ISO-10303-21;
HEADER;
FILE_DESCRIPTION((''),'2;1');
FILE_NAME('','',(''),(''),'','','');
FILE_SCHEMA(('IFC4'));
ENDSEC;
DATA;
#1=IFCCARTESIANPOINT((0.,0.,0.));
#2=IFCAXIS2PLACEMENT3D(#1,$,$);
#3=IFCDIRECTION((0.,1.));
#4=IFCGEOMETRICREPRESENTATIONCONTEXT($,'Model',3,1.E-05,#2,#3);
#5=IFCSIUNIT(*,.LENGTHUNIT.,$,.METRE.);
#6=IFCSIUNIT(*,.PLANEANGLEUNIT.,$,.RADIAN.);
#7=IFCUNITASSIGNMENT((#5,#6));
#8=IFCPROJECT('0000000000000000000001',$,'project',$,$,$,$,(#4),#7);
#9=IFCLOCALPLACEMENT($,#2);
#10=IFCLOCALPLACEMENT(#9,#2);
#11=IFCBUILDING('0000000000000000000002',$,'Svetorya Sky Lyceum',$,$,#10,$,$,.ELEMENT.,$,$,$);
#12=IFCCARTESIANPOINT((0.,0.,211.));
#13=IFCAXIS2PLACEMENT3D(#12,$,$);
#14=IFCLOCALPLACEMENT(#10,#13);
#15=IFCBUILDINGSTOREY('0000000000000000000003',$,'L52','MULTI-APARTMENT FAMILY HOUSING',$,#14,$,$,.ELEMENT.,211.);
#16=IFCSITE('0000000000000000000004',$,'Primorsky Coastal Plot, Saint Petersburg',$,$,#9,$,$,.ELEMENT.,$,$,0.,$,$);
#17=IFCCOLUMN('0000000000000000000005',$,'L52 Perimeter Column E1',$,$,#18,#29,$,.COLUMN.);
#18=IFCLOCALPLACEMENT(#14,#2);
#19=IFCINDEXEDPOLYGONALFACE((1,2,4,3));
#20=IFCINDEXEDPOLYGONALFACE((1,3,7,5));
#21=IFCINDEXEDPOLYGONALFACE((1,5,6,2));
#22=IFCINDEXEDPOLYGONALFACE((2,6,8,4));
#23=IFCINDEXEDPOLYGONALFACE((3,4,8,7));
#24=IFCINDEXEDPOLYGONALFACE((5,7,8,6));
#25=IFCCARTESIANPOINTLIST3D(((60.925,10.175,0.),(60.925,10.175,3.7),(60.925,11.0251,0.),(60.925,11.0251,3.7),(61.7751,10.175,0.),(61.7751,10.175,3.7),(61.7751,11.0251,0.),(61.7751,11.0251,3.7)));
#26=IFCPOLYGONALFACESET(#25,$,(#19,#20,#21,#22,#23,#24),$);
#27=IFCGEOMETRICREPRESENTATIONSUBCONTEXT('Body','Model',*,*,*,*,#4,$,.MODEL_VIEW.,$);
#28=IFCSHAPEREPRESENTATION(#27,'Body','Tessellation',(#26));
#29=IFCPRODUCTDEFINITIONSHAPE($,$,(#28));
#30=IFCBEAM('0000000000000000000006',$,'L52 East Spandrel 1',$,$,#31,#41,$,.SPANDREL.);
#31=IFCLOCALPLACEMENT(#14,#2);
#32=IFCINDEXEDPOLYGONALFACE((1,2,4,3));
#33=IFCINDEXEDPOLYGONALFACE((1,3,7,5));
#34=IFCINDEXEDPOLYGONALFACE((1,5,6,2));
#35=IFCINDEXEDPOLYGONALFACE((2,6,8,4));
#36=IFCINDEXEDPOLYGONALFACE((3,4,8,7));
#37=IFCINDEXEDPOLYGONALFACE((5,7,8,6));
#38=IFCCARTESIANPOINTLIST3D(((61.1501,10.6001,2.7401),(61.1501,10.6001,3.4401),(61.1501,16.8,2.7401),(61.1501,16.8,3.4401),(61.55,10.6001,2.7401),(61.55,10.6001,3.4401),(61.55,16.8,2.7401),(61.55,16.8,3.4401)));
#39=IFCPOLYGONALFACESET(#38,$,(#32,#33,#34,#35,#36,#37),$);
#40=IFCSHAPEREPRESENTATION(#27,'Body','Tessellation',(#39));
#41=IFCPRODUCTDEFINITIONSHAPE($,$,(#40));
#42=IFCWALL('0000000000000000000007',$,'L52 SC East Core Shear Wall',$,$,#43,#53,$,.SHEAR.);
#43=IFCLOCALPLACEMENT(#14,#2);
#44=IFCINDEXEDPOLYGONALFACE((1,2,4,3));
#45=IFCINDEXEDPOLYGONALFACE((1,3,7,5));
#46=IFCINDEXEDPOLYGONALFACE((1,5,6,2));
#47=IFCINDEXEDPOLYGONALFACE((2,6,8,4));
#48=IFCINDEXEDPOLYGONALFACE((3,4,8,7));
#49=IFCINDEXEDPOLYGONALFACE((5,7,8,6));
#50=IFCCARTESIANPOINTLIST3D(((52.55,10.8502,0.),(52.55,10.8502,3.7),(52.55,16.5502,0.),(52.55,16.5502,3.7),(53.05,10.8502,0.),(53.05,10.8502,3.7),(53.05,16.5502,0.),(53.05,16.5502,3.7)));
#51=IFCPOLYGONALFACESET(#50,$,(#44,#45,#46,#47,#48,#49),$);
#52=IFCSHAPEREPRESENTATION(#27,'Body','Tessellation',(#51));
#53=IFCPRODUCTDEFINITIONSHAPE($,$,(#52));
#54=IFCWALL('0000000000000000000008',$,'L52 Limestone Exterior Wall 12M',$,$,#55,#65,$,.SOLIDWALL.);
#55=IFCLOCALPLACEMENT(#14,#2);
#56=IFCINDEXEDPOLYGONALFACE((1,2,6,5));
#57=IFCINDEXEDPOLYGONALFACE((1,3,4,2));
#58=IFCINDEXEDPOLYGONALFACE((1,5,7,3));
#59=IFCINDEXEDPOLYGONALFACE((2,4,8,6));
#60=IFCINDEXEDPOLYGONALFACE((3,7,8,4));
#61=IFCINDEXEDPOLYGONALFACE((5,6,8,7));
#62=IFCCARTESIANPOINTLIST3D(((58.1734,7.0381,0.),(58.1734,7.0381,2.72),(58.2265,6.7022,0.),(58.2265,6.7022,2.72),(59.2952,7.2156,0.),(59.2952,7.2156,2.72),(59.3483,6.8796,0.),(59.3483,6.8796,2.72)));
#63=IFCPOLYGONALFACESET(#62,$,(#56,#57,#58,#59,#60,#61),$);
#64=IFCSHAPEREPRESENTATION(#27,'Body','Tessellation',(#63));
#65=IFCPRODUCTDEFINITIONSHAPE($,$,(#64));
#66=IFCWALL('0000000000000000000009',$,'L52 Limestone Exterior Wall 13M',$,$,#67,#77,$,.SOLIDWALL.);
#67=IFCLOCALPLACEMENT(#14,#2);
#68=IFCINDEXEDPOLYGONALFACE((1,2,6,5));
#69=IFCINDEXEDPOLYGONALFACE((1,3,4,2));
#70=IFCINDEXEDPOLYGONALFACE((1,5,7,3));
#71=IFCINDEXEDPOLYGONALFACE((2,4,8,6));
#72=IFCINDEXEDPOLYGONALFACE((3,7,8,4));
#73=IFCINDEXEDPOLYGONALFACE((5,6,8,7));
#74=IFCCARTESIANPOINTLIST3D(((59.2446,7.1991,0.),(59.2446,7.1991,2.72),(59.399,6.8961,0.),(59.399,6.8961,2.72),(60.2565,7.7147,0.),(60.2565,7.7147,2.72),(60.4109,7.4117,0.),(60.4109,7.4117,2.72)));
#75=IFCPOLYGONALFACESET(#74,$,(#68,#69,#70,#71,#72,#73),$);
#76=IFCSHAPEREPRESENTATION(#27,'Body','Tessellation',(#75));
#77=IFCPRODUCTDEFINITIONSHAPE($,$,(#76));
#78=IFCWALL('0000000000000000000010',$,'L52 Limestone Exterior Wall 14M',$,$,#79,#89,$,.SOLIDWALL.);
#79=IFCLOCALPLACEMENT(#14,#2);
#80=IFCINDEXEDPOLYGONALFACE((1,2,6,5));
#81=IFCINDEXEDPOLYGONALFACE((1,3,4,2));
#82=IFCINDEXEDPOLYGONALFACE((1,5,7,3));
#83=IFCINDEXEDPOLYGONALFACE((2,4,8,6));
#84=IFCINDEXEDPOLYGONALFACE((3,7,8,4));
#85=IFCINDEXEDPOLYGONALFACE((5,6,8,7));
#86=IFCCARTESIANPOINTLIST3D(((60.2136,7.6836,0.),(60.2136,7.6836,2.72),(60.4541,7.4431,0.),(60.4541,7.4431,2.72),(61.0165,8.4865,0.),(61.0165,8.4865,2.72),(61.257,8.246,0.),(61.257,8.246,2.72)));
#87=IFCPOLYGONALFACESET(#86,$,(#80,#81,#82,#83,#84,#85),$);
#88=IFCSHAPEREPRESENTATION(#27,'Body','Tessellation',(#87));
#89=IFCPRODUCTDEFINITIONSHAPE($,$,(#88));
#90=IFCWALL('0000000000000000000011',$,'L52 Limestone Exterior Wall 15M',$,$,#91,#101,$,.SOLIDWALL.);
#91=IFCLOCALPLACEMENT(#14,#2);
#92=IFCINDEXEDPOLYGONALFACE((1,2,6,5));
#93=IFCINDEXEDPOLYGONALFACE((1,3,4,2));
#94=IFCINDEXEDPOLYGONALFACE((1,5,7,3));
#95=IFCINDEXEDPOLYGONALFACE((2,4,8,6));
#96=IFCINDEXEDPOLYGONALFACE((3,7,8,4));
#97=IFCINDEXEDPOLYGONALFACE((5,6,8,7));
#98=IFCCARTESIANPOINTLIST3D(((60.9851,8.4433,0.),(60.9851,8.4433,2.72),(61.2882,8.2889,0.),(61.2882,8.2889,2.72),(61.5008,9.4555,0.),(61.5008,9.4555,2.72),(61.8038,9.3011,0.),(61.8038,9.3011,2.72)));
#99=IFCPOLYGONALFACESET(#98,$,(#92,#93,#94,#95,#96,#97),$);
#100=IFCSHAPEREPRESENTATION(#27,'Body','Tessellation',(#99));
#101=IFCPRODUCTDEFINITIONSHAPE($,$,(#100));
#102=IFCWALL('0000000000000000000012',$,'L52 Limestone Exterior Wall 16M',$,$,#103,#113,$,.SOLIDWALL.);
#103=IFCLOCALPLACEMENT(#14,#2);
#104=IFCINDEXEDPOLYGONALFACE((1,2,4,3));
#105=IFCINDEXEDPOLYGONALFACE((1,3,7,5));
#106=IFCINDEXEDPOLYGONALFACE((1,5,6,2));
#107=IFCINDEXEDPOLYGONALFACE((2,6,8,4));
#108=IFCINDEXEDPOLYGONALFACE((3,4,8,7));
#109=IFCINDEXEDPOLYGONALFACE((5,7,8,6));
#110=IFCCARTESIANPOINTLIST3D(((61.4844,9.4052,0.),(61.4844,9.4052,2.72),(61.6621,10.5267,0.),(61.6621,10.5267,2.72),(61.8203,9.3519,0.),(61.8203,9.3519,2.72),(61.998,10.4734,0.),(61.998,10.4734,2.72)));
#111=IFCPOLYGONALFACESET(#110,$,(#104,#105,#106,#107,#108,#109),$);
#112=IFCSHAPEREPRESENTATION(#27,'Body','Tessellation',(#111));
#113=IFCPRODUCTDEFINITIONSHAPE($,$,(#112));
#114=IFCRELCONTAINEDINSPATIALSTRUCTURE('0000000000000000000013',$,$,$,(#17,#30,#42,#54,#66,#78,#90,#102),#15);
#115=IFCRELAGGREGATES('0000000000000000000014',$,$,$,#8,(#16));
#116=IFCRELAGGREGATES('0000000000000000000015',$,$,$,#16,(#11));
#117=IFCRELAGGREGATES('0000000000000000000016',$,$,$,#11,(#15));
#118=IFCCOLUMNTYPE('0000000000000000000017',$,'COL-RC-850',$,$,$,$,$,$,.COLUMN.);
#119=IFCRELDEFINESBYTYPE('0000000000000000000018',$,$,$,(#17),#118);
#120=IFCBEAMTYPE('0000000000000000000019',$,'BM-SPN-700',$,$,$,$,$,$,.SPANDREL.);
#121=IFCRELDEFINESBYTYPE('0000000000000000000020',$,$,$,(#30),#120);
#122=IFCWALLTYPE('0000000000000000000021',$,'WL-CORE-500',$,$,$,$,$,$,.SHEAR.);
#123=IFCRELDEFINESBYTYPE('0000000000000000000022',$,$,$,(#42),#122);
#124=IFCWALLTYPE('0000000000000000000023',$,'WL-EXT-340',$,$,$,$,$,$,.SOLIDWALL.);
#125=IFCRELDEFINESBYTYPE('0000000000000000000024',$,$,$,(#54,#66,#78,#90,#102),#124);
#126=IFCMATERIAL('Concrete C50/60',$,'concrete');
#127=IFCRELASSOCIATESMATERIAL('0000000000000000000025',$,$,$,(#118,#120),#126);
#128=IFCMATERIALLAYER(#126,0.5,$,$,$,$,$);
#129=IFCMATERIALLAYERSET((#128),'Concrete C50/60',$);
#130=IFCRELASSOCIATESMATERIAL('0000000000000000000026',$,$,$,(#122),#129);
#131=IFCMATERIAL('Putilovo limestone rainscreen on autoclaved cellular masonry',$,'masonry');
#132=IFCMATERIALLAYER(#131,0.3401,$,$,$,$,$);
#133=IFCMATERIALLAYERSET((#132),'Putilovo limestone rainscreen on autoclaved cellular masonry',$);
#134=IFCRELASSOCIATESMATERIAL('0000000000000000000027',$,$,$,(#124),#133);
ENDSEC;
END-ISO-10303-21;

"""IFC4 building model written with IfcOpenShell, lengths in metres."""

from ifc_helpers import new_model, si_unit, direction, frame, frame_2d, origin, origin_2d, place, context, subcontext, project, spatial, rectangle, extrude, material, layer, layer_set, material_profile, profile_set, type_object, element, save


model = new_model("IFC4")

# Units and contexts
model_context = context("Model", 3, precision=1e-05, world=origin(), true_north=direction((0.0, 1.0)))
body_context = subcontext(model_context, "Body", "Model", "MODEL_VIEW")
ifc_project = project(units=[si_unit("LENGTHUNIT", "METRE"), si_unit("PLANEANGLEUNIT", "RADIAN")], contexts=[model_context])

# Site, building, storey
site_placement = place(None, origin())
site = spatial("IfcSite", under=ifc_project, at=site_placement, Name="Primorsky Coastal Plot, Saint Petersburg", CompositionType="ELEMENT", RefElevation=0.0)
building_placement = place(site_placement, origin())
building = spatial("IfcBuilding", under=site, at=building_placement, Name="Svetorya Sky Lyceum", CompositionType="ELEMENT")
storey_placement = place(building_placement, frame((0.0, 0.0, 211.0)))
storey = spatial("IfcBuildingStorey", under=building, at=storey_placement, Name="L52", Description="MULTI-APARTMENT FAMILY HOUSING", CompositionType="ELEMENT", Elevation=211.0)

# Column
ifc_material_1 = material(Name="Concrete C50/60", Category="concrete")
ifc_material_profile_1 = material_profile(ifc_material_1, rectangle(XDim=0.8501, YDim=0.8501, at=origin_2d()), Name="RC COL 850x850")
ifc_profile_set_1 = profile_set([ifc_material_profile_1], Name="Concrete C50/60")
column_type = type_object("IfcColumnType", Name="COL-RC-850", PredefinedType="COLUMN", material=ifc_profile_set_1)
column_placement = place(storey_placement, frame((61.3501, 10.6001, 0.0), z_axis=(0.0, 0.0, 1.0), x_axis=(1.0, 0.0, 0.0)))
element("IfcColumn", 1, at=column_placement, inside=storey, type_object=column_type, Name="L52 Perimeter Column E1", PredefinedType="COLUMN", context=body_context, shape_type="SweptSolid", body=[
    extrude(rectangle(XDim=0.8501, YDim=0.8501, at=origin_2d()), origin(), (0.0, 0.0, 1.0), 3.7),
])

# Beam
ifc_material_profile_2 = material_profile(ifc_material_1, rectangle(XDim=0.3999, YDim=0.7, at=origin_2d()), Name="RC SPANDREL 400x700")
ifc_profile_set_2 = profile_set([ifc_material_profile_2], Name="Concrete C50/60")
beam_type = type_object("IfcBeamType", Name="BM-SPN-700", PredefinedType="SPANDREL", material=ifc_profile_set_2)
beam_placement = place(storey_placement, frame((61.3501, 10.6001, 3.0901), z_axis=(0.0, 1.0, 0.0), x_axis=(-1.0, 0.0, 0.0)))
element("IfcBeam", 2, at=beam_placement, inside=storey, type_object=beam_type, Name="L52 East Spandrel 1", PredefinedType="SPANDREL", context=body_context, shape_type="SweptSolid", body=[
    extrude(rectangle(XDim=0.3999, YDim=0.7, at=origin_2d()), origin(), (0.0, 0.0, 1.0), 6.2),
])

# Walls
ifc_layer_1 = layer(ifc_material_1, 0.5)
ifc_layer_set_1 = layer_set([ifc_layer_1], Name="Concrete C50/60")
wall_type_1 = type_object("IfcWallType", Name="WL-CORE-500", PredefinedType="SHEAR", material=ifc_layer_set_1)
wall_1_placement = place(storey_placement, frame((52.8, 10.8501, 0.0), z_axis=(0.0, 0.0, 1.0), x_axis=(0.0, 1.0, 0.0)))
element("IfcWall", 3, at=wall_1_placement, inside=storey, type_object=wall_type_1, Name="L52 SC East Core Shear Wall", PredefinedType="SHEAR", context=body_context, shape_type="SweptSolid", body=[
    extrude(rectangle(XDim=5.7, YDim=0.5, at=frame_2d((2.8501, 0.0))), origin(), (0.0, 0.0, 1.0), 3.7),
])
ifc_material_2 = material(Name="Putilovo limestone rainscreen on autoclaved cellular masonry", Category="masonry")
ifc_layer_2 = layer(ifc_material_2, 0.3401)
ifc_layer_set_2 = layer_set([ifc_layer_2], Name="Putilovo limestone rainscreen on autoclaved cellular masonry")
wall_type_2 = type_object("IfcWallType", Name="WL-EXT-340", PredefinedType="SOLIDWALL", material=ifc_layer_set_2)
for number, where, z_axis, x_axis, name in (
    (4, (58.2, 6.8701, 0.0), (0.0, 0.0, 1.0), (0.987714, 0.156272, 0.0), "L52 Limestone Exterior Wall 12M"),
    (5, (59.3218, 7.0476, 0.0), (0.0, 0.0, 1.0), (0.891005, 0.453993, 0.0), "L52 Limestone Exterior Wall 13M"),
):
    element("IfcWall", number, at=place(storey_placement, frame(where, z_axis=z_axis, x_axis=x_axis)), inside=storey, type_object=wall_type_2, Name=name, PredefinedType="SOLIDWALL", context=body_context, shape_type="SweptSolid", body=[
        extrude(rectangle(XDim=1.1357, YDim=0.3401, at=frame_2d((0.5679, 0.0))), origin(), (0.0, 0.0, 1.0), 2.72),
    ])
wall_2_placement = place(storey_placement, frame((60.3337, 7.5632, 0.0), z_axis=(0.0, 0.0, 1.0), x_axis=(0.707107, 0.707107, 0.0)))
element("IfcWall", 6, at=wall_2_placement, inside=storey, type_object=wall_type_2, Name="L52 Limestone Exterior Wall 14M", PredefinedType="SOLIDWALL", context=body_context, shape_type="SweptSolid", body=[
    extrude(rectangle(XDim=1.1355, YDim=0.3401, at=frame_2d((0.5679, 0.0))), origin(), (0.0, 0.0, 1.0), 2.72),
])
wall_3_placement = place(storey_placement, frame((61.1367, 8.3662, 0.0), z_axis=(0.0, 0.0, 1.0), x_axis=(0.453906, 0.891049, 0.0)))
element("IfcWall", 7, at=wall_3_placement, inside=storey, type_object=wall_type_2, Name="L52 Limestone Exterior Wall 15M", PredefinedType="SOLIDWALL", context=body_context, shape_type="SweptSolid", body=[
    extrude(rectangle(XDim=1.136, YDim=0.3401, at=frame_2d((0.5679, 0.0))), origin(), (0.0, 0.0, 1.0), 2.72),
])
wall_4_placement = place(storey_placement, frame((61.6523, 9.3784, 0.0), z_axis=(0.0, 0.0, 1.0), x_axis=(0.156515, 0.987676, 0.0)))
element("IfcWall", 8, at=wall_4_placement, inside=storey, type_object=wall_type_2, Name="L52 Limestone Exterior Wall 16M", PredefinedType="SOLIDWALL", context=body_context, shape_type="SweptSolid", body=[
    extrude(rectangle(XDim=1.1355, YDim=0.3401, at=frame_2d((0.5679, 0.0))), origin(), (0.0, 0.0, 1.0), 2.72),
])

save(model, "model.ifc")
